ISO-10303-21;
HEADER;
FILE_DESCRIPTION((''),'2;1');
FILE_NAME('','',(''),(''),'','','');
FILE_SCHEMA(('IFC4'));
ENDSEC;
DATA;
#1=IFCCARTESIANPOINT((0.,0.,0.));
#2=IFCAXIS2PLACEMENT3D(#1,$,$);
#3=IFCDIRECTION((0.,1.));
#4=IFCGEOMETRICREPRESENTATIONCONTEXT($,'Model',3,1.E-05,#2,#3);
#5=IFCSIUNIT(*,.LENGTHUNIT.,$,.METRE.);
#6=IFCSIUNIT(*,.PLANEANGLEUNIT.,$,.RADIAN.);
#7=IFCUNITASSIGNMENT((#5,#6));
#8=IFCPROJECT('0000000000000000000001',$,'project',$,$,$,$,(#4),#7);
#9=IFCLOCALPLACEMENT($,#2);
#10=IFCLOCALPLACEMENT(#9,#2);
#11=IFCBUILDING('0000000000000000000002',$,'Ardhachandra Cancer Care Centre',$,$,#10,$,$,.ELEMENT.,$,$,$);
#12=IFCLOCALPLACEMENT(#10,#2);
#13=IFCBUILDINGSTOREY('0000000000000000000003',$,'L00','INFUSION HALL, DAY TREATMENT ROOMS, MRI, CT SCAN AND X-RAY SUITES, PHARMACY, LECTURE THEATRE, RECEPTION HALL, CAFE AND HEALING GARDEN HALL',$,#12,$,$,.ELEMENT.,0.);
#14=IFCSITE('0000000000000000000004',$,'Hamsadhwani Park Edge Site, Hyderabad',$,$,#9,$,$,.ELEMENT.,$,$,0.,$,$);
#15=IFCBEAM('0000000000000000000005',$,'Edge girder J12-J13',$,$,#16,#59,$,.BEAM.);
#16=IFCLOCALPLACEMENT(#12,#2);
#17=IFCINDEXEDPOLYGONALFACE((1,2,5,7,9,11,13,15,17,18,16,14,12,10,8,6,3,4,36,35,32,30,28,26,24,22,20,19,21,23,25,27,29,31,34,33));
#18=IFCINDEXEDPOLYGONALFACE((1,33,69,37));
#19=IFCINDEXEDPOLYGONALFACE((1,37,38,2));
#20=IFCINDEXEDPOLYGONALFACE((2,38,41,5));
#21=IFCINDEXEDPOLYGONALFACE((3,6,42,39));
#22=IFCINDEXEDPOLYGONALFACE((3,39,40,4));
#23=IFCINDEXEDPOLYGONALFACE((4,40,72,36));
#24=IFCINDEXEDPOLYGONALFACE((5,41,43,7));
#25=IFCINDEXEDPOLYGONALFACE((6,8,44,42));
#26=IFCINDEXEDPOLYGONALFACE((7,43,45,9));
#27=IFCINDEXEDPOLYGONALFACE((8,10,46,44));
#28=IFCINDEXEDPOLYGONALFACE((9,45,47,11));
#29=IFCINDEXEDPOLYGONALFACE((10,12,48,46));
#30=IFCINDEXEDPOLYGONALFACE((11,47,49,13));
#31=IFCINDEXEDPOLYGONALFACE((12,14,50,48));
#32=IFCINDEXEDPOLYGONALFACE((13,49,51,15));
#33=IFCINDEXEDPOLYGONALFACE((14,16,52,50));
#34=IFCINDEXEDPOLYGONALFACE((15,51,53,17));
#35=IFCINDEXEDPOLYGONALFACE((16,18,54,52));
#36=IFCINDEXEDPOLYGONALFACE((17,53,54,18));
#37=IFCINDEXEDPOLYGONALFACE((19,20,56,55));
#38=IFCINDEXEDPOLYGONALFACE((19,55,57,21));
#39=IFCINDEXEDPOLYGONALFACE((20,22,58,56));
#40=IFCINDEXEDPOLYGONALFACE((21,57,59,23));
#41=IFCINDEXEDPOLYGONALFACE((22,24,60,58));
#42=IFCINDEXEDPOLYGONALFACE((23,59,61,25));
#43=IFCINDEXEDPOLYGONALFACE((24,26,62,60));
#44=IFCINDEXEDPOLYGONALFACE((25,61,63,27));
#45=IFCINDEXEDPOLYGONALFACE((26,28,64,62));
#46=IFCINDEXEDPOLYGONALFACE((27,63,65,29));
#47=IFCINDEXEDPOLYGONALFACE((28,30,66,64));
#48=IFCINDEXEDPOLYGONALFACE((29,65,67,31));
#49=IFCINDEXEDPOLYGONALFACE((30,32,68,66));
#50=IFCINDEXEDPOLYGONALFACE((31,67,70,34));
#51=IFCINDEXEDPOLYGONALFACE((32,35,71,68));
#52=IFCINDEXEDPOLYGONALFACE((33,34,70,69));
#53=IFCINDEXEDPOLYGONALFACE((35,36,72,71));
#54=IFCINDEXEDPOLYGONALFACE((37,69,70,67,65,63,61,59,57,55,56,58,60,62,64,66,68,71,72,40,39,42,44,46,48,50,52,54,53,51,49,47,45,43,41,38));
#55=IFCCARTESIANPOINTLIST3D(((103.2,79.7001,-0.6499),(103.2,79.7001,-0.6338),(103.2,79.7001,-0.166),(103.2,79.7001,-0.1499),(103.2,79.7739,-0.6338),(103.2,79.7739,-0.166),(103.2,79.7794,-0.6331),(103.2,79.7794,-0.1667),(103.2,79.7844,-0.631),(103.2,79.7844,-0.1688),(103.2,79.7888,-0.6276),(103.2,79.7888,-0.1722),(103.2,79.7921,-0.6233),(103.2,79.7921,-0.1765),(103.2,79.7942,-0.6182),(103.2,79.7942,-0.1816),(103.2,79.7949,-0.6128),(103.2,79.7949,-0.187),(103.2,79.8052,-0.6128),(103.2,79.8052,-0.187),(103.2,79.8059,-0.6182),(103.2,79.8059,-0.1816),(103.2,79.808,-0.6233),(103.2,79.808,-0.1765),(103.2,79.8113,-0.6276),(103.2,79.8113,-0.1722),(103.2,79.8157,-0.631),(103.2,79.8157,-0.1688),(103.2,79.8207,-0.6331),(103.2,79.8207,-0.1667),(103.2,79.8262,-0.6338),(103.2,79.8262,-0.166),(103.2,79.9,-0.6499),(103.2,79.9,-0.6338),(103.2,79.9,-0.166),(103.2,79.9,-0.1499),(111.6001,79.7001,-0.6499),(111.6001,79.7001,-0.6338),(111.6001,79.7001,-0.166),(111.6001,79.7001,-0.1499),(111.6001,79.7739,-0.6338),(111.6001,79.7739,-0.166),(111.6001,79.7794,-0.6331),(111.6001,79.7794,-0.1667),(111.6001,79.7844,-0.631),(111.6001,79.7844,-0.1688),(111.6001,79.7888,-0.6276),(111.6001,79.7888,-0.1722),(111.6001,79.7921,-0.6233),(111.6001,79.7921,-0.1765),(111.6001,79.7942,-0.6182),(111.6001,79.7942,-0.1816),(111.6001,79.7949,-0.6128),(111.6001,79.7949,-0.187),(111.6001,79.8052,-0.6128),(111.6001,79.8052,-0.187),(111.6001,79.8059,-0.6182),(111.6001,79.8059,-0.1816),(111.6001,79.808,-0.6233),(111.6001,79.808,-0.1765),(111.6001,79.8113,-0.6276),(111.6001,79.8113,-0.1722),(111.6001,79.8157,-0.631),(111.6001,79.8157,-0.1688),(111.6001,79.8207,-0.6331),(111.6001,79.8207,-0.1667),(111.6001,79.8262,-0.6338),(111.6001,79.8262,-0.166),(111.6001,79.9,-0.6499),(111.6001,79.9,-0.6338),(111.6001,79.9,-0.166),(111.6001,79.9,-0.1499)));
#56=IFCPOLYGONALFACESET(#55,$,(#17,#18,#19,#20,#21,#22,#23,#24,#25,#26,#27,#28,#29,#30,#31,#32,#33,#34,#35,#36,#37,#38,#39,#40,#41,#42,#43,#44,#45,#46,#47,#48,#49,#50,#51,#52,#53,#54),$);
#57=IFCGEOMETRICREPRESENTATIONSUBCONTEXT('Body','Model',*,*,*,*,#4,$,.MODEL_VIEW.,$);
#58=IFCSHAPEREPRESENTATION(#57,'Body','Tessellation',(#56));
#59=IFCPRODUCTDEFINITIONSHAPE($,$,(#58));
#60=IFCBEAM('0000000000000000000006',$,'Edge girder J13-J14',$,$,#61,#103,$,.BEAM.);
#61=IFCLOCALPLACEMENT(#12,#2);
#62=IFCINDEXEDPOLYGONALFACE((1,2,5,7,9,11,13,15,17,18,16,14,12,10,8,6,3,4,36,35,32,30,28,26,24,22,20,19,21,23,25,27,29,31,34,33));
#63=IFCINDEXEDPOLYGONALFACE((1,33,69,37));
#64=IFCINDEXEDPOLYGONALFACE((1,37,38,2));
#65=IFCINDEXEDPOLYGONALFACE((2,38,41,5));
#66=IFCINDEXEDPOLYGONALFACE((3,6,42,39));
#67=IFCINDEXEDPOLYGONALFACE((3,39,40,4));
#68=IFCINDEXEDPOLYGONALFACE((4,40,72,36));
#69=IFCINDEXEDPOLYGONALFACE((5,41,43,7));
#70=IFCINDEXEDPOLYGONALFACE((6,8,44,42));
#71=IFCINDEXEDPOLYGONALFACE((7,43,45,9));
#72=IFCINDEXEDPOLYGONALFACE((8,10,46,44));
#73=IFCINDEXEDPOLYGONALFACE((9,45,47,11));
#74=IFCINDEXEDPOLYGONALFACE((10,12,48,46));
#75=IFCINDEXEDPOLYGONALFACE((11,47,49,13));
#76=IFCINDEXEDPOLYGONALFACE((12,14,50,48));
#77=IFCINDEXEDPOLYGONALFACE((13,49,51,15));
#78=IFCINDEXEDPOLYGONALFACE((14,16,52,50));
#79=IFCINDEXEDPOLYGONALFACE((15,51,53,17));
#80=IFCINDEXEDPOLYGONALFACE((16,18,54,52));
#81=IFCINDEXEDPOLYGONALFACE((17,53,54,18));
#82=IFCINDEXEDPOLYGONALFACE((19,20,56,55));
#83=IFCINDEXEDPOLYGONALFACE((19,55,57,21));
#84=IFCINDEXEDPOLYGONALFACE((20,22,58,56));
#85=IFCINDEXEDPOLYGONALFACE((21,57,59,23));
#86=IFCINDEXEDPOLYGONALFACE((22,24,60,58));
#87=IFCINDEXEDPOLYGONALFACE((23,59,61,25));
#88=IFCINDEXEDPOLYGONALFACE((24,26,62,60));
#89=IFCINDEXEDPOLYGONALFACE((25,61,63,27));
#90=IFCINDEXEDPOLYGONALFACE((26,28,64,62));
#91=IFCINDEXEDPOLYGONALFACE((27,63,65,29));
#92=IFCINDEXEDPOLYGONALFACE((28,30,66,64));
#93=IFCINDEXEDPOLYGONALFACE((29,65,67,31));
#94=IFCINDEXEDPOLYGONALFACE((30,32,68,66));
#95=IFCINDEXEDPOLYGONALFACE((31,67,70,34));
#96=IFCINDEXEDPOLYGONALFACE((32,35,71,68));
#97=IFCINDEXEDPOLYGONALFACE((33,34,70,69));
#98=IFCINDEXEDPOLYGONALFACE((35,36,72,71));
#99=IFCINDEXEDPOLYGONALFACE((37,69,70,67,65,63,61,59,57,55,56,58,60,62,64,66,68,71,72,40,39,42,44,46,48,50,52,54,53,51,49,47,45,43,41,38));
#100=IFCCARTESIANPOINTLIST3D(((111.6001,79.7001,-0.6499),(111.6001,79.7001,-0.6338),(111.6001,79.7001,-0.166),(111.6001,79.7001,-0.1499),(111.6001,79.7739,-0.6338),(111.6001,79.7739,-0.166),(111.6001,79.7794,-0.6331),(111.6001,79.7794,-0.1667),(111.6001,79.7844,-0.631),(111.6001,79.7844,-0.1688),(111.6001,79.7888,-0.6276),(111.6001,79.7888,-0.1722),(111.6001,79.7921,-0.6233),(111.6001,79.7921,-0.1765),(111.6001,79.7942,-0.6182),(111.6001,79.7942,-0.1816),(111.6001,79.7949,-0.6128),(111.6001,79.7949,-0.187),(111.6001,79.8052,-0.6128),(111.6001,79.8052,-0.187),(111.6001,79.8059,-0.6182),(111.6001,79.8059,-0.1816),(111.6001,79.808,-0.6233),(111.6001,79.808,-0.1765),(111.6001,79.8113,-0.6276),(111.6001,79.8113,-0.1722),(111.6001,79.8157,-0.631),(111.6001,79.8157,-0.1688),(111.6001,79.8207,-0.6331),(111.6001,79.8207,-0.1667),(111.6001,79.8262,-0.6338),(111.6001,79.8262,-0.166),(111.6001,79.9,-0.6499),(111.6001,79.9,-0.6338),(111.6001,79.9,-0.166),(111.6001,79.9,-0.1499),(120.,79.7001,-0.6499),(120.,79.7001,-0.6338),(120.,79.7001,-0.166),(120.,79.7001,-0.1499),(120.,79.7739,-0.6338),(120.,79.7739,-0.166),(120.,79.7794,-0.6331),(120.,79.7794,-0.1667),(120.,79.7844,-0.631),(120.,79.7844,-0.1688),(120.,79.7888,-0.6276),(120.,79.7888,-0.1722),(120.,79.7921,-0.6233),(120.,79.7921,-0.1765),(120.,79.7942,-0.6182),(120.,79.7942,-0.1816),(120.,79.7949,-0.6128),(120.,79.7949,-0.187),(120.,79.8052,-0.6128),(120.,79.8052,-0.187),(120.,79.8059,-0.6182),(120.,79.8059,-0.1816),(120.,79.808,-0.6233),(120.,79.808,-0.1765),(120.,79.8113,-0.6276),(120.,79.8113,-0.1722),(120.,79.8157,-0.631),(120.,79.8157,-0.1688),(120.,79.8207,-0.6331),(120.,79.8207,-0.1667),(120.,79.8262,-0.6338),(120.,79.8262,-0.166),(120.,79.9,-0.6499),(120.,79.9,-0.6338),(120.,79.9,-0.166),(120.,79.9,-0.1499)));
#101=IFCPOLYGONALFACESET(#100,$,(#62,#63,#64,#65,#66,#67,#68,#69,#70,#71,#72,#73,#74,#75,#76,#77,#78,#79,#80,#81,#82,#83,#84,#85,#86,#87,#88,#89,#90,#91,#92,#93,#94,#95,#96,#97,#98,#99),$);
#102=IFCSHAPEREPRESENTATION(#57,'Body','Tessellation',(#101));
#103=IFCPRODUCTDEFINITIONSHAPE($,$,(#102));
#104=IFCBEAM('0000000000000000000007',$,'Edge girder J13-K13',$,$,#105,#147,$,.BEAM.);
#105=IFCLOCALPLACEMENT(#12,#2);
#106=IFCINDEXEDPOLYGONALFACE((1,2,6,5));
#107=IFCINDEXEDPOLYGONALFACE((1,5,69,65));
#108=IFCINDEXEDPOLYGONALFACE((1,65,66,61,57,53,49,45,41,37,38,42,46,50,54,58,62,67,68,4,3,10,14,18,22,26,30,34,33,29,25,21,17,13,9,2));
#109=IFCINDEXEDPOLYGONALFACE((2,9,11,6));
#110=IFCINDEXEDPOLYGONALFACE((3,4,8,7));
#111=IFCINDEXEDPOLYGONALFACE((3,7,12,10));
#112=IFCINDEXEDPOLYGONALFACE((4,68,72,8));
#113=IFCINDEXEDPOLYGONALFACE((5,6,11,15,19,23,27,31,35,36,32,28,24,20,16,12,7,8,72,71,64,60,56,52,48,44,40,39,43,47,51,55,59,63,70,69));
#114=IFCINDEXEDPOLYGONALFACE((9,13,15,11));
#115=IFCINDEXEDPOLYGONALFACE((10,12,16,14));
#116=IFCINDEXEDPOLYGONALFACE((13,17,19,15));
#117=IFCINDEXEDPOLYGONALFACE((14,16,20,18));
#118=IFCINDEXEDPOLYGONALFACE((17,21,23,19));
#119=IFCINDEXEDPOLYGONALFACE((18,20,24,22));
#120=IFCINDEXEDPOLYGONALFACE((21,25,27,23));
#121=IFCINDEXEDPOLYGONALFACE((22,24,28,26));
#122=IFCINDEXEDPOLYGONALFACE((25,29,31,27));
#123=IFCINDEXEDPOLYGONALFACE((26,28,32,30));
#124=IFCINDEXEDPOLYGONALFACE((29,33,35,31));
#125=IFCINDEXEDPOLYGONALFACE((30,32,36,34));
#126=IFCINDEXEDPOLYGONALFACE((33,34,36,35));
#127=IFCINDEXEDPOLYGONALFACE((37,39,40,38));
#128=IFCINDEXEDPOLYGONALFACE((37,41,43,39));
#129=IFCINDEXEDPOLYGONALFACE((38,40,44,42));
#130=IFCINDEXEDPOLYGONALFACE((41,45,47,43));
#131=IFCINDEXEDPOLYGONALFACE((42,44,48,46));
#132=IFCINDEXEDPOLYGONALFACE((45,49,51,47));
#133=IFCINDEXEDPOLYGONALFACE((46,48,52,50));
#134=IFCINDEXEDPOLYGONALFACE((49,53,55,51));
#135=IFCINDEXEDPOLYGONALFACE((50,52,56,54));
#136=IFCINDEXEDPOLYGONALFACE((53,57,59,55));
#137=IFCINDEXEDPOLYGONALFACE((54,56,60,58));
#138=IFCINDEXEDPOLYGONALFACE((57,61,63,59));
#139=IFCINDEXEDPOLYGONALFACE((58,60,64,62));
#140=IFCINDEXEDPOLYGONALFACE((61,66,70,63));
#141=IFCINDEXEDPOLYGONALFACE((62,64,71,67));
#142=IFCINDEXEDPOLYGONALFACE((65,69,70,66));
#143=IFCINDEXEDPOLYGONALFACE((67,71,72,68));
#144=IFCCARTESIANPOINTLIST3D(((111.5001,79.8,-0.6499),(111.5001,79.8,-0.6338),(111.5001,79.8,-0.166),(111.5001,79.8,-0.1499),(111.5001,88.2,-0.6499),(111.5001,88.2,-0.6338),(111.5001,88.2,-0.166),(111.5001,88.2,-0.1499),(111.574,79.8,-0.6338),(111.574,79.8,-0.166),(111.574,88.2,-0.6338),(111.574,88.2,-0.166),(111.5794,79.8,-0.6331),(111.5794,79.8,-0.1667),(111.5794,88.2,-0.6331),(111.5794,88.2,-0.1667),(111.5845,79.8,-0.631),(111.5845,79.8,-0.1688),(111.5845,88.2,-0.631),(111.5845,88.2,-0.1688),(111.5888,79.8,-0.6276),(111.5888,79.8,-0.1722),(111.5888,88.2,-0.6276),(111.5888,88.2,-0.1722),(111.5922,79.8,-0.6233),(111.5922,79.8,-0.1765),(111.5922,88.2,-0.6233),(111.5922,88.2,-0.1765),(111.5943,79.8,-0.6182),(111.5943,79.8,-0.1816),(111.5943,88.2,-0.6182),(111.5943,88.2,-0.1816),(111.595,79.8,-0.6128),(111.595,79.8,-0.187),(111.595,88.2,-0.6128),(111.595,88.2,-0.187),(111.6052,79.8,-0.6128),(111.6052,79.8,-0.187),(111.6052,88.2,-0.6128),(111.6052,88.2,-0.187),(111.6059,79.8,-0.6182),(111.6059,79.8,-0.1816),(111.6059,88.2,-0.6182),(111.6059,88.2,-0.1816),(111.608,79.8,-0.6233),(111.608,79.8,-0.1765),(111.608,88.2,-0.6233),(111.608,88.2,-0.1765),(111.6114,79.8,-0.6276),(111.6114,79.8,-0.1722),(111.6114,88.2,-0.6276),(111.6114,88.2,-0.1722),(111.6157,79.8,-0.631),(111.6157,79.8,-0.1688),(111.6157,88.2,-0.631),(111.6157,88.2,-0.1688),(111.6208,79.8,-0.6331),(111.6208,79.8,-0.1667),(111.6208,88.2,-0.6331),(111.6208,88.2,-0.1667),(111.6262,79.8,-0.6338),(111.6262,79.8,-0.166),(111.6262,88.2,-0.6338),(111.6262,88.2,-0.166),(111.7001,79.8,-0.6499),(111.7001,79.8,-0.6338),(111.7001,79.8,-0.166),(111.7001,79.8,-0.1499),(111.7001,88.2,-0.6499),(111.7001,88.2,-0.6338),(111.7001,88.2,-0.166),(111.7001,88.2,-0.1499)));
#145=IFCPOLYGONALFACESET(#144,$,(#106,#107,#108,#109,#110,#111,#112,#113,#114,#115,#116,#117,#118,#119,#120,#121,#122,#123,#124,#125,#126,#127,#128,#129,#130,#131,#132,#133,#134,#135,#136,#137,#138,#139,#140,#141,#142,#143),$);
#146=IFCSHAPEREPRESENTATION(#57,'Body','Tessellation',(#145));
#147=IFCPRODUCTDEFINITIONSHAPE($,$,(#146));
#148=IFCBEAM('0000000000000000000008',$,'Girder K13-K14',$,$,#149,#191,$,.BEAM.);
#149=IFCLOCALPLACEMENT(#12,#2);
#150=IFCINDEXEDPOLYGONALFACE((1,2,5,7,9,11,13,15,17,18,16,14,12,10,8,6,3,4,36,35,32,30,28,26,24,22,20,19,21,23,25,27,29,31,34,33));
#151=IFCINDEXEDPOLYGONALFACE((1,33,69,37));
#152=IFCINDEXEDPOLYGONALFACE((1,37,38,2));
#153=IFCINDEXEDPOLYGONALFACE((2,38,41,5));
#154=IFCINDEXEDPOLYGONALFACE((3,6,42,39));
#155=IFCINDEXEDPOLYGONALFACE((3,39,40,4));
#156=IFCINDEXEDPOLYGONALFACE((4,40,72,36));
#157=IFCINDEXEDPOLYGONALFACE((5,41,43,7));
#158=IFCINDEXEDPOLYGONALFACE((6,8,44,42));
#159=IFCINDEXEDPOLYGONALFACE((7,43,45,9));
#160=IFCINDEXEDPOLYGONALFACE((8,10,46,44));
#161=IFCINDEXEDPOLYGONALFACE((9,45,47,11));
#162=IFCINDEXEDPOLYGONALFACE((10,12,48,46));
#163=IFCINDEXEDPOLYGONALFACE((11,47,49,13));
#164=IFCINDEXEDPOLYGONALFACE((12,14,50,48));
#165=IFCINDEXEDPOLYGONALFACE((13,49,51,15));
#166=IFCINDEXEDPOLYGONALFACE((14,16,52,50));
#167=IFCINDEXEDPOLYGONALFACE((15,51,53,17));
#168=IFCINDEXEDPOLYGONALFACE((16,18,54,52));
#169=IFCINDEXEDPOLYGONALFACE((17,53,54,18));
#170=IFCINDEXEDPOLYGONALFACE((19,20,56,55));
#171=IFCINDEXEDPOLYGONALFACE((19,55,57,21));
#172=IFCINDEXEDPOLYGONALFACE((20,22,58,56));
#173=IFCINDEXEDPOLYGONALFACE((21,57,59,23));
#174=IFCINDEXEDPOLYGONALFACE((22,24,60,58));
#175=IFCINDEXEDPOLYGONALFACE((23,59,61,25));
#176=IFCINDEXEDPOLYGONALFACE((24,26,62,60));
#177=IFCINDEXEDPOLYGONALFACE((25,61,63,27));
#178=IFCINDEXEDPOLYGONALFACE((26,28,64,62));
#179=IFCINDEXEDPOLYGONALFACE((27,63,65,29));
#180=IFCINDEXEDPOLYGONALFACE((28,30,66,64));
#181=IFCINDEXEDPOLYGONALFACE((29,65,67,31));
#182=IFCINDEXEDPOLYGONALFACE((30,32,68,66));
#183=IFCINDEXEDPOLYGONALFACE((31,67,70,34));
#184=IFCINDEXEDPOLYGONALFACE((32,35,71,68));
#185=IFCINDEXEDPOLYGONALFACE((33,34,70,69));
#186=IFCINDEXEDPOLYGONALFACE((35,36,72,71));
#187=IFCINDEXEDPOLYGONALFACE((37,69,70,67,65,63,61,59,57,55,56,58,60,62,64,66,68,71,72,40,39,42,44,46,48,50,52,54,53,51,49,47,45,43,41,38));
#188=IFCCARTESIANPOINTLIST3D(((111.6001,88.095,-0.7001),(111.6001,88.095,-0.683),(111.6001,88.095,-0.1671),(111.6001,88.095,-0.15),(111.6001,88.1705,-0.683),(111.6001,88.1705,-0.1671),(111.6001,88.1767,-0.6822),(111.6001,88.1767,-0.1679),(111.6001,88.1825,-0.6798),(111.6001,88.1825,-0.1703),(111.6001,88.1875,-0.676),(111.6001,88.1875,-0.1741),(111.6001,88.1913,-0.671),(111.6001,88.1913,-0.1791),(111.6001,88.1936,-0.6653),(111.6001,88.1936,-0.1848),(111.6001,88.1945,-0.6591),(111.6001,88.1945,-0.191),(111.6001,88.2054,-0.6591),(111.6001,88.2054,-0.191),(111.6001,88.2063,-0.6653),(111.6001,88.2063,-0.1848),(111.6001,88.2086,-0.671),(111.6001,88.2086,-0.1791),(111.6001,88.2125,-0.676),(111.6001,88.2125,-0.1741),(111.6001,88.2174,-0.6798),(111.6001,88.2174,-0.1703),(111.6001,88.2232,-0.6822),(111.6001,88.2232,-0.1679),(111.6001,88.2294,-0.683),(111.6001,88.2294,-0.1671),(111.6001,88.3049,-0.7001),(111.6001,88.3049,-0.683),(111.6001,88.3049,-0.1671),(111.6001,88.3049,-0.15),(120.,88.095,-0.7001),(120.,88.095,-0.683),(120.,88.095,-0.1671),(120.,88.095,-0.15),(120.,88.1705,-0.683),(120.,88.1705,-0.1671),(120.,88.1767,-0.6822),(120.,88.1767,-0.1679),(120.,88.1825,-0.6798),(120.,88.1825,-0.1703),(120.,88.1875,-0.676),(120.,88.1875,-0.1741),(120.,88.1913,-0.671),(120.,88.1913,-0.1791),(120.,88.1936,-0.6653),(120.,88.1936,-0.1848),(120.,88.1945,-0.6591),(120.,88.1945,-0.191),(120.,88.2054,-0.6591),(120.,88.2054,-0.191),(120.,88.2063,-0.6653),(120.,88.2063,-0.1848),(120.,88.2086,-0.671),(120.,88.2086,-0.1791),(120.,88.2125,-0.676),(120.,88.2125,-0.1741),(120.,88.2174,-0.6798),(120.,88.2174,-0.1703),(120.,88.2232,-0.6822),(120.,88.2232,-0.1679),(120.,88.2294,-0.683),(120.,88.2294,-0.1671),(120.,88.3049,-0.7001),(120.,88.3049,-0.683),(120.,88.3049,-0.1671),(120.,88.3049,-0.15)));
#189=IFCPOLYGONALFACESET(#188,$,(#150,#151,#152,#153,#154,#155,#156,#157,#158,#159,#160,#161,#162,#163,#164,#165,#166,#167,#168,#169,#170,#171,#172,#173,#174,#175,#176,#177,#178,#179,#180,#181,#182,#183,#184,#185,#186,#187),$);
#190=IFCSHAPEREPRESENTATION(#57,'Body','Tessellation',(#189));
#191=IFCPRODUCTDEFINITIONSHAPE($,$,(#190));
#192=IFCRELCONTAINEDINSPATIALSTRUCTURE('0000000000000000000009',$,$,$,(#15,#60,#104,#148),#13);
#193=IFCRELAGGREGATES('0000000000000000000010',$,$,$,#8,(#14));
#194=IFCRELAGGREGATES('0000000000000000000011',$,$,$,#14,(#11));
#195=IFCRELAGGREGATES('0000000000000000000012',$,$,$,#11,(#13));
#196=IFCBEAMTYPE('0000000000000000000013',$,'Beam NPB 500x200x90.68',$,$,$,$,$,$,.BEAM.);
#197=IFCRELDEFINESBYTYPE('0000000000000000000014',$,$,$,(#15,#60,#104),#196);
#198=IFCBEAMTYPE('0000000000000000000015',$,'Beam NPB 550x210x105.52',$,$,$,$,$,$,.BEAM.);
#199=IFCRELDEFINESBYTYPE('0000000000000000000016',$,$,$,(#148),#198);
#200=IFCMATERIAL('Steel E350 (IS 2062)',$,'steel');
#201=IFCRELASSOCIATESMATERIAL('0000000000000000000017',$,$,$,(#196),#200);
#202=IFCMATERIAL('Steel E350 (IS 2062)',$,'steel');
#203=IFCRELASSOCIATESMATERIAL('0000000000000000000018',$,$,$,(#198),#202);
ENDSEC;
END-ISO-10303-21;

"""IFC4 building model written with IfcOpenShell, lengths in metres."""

from ifc_helpers import new_model, si_unit, direction, frame, origin, origin_2d, place, context, subcontext, project, spatial, i_section, extrude, material, material_profile, profile_set, type_object, element, save


model = new_model("IFC4")

# Units and contexts
model_context = context("Model", 3, precision=1e-05, world=origin(), true_north=direction((0.0, 1.0)))
body_context = subcontext(model_context, "Body", "Model", "MODEL_VIEW")
ifc_project = project(units=[si_unit("LENGTHUNIT", "METRE"), si_unit("PLANEANGLEUNIT", "RADIAN")], contexts=[model_context])

# Site, building, storey
site_placement = place(None, origin())
site = spatial("IfcSite", under=ifc_project, at=site_placement, Name="Hamsadhwani Park Edge Site, Hyderabad", CompositionType="ELEMENT", RefElevation=0.0)
building_placement = place(site_placement, origin())
building = spatial("IfcBuilding", under=site, at=building_placement, Name="Ardhachandra Cancer Care Centre", CompositionType="ELEMENT")
storey_placement = place(building_placement, origin())
storey = spatial("IfcBuildingStorey", under=building, at=storey_placement, Name="L00", Description="INFUSION HALL, DAY TREATMENT ROOMS, MRI, CT SCAN AND X-RAY SUITES, PHARMACY, LECTURE THEATRE, RECEPTION HALL, CAFE AND HEALING GARDEN HALL", CompositionType="ELEMENT", Elevation=0.0)

# Beams
ifc_material_1 = material(Name="Steel E350 (IS 2062)", Category="steel")
ifc_material_profile_1 = material_profile(ifc_material_1, i_section(OverallWidth=0.2, OverallDepth=0.5, WebThickness=0.0103, FlangeThickness=0.0161, FilletRadius=0.021, at=origin_2d()), Name="NPB 500x200x90.68")
ifc_profile_set_1 = profile_set([ifc_material_profile_1], Name="Steel E350 (IS 2062)")
beam_type_1 = type_object("IfcBeamType", Name="Beam NPB 500x200x90.68", PredefinedType="BEAM", material=ifc_profile_set_1)
beam_placement = place(storey_placement, frame((103.2, 79.8, -0.3999), z_axis=(1.0, 0.0, 0.0), x_axis=(0.0, 1.0, 0.0)))
element("IfcBeam", 1, at=beam_placement, inside=storey, type_object=beam_type_1, Name="Edge girder J12-J13", PredefinedType="BEAM", context=body_context, shape_type="SweptSolid", body=[
    extrude(i_section(OverallWidth=0.2, OverallDepth=0.5, WebThickness=0.0103, FlangeThickness=0.0161, FilletRadius=0.021, at=origin_2d()), origin(), (0.0, 0.0, 1.0), 8.4001),
])
for number, where, z_axis, x_axis, name in (
    (2, (111.6001, 79.8, -0.3999), (1.0, 0.0, 0.0), (0.0, 1.0, 0.0), "Edge girder J13-J14"),
    (3, (111.6001, 79.8, -0.3999), (0.0, 1.0, 0.0), (-1.0, 0.0, 0.0), "Edge girder J13-K13"),
):
    element("IfcBeam", number, at=place(storey_placement, frame(where, z_axis=z_axis, x_axis=x_axis)), inside=storey, type_object=beam_type_1, Name=name, PredefinedType="BEAM", context=body_context, shape_type="SweptSolid", body=[
        extrude(i_section(OverallWidth=0.2, OverallDepth=0.5, WebThickness=0.0103, FlangeThickness=0.0161, FilletRadius=0.021, at=origin_2d()), origin(), (0.0, 0.0, 1.0), 8.3999),
    ])
ifc_material_2 = material(Name="Steel E350 (IS 2062)", Category="steel")
ifc_material_profile_2 = material_profile(ifc_material_2, i_section(OverallWidth=0.21, OverallDepth=0.55, WebThickness=0.011, FlangeThickness=0.0171, FilletRadius=0.0239, at=origin_2d()), Name="NPB 550x210x105.52")
ifc_profile_set_2 = profile_set([ifc_material_profile_2], Name="Steel E350 (IS 2062)")
beam_type_2 = type_object("IfcBeamType", Name="Beam NPB 550x210x105.52", PredefinedType="BEAM", material=ifc_profile_set_2)
for number, where, z_axis, x_axis, name in (
    (4, (111.6001, 88.2, -0.425), (1.0, 0.0, 0.0), (0.0, 1.0, 0.0), "Girder K13-K14"),
):
    element("IfcBeam", number, at=place(storey_placement, frame(where, z_axis=z_axis, x_axis=x_axis)), inside=storey, type_object=beam_type_2, Name=name, PredefinedType="BEAM", context=body_context, shape_type="SweptSolid", body=[
        extrude(i_section(OverallWidth=0.21, OverallDepth=0.55, WebThickness=0.011, FlangeThickness=0.0171, FilletRadius=0.0239, at=origin_2d()), origin(), (0.0, 0.0, 1.0), 8.3999),
    ])

save(model, "model.ifc")
